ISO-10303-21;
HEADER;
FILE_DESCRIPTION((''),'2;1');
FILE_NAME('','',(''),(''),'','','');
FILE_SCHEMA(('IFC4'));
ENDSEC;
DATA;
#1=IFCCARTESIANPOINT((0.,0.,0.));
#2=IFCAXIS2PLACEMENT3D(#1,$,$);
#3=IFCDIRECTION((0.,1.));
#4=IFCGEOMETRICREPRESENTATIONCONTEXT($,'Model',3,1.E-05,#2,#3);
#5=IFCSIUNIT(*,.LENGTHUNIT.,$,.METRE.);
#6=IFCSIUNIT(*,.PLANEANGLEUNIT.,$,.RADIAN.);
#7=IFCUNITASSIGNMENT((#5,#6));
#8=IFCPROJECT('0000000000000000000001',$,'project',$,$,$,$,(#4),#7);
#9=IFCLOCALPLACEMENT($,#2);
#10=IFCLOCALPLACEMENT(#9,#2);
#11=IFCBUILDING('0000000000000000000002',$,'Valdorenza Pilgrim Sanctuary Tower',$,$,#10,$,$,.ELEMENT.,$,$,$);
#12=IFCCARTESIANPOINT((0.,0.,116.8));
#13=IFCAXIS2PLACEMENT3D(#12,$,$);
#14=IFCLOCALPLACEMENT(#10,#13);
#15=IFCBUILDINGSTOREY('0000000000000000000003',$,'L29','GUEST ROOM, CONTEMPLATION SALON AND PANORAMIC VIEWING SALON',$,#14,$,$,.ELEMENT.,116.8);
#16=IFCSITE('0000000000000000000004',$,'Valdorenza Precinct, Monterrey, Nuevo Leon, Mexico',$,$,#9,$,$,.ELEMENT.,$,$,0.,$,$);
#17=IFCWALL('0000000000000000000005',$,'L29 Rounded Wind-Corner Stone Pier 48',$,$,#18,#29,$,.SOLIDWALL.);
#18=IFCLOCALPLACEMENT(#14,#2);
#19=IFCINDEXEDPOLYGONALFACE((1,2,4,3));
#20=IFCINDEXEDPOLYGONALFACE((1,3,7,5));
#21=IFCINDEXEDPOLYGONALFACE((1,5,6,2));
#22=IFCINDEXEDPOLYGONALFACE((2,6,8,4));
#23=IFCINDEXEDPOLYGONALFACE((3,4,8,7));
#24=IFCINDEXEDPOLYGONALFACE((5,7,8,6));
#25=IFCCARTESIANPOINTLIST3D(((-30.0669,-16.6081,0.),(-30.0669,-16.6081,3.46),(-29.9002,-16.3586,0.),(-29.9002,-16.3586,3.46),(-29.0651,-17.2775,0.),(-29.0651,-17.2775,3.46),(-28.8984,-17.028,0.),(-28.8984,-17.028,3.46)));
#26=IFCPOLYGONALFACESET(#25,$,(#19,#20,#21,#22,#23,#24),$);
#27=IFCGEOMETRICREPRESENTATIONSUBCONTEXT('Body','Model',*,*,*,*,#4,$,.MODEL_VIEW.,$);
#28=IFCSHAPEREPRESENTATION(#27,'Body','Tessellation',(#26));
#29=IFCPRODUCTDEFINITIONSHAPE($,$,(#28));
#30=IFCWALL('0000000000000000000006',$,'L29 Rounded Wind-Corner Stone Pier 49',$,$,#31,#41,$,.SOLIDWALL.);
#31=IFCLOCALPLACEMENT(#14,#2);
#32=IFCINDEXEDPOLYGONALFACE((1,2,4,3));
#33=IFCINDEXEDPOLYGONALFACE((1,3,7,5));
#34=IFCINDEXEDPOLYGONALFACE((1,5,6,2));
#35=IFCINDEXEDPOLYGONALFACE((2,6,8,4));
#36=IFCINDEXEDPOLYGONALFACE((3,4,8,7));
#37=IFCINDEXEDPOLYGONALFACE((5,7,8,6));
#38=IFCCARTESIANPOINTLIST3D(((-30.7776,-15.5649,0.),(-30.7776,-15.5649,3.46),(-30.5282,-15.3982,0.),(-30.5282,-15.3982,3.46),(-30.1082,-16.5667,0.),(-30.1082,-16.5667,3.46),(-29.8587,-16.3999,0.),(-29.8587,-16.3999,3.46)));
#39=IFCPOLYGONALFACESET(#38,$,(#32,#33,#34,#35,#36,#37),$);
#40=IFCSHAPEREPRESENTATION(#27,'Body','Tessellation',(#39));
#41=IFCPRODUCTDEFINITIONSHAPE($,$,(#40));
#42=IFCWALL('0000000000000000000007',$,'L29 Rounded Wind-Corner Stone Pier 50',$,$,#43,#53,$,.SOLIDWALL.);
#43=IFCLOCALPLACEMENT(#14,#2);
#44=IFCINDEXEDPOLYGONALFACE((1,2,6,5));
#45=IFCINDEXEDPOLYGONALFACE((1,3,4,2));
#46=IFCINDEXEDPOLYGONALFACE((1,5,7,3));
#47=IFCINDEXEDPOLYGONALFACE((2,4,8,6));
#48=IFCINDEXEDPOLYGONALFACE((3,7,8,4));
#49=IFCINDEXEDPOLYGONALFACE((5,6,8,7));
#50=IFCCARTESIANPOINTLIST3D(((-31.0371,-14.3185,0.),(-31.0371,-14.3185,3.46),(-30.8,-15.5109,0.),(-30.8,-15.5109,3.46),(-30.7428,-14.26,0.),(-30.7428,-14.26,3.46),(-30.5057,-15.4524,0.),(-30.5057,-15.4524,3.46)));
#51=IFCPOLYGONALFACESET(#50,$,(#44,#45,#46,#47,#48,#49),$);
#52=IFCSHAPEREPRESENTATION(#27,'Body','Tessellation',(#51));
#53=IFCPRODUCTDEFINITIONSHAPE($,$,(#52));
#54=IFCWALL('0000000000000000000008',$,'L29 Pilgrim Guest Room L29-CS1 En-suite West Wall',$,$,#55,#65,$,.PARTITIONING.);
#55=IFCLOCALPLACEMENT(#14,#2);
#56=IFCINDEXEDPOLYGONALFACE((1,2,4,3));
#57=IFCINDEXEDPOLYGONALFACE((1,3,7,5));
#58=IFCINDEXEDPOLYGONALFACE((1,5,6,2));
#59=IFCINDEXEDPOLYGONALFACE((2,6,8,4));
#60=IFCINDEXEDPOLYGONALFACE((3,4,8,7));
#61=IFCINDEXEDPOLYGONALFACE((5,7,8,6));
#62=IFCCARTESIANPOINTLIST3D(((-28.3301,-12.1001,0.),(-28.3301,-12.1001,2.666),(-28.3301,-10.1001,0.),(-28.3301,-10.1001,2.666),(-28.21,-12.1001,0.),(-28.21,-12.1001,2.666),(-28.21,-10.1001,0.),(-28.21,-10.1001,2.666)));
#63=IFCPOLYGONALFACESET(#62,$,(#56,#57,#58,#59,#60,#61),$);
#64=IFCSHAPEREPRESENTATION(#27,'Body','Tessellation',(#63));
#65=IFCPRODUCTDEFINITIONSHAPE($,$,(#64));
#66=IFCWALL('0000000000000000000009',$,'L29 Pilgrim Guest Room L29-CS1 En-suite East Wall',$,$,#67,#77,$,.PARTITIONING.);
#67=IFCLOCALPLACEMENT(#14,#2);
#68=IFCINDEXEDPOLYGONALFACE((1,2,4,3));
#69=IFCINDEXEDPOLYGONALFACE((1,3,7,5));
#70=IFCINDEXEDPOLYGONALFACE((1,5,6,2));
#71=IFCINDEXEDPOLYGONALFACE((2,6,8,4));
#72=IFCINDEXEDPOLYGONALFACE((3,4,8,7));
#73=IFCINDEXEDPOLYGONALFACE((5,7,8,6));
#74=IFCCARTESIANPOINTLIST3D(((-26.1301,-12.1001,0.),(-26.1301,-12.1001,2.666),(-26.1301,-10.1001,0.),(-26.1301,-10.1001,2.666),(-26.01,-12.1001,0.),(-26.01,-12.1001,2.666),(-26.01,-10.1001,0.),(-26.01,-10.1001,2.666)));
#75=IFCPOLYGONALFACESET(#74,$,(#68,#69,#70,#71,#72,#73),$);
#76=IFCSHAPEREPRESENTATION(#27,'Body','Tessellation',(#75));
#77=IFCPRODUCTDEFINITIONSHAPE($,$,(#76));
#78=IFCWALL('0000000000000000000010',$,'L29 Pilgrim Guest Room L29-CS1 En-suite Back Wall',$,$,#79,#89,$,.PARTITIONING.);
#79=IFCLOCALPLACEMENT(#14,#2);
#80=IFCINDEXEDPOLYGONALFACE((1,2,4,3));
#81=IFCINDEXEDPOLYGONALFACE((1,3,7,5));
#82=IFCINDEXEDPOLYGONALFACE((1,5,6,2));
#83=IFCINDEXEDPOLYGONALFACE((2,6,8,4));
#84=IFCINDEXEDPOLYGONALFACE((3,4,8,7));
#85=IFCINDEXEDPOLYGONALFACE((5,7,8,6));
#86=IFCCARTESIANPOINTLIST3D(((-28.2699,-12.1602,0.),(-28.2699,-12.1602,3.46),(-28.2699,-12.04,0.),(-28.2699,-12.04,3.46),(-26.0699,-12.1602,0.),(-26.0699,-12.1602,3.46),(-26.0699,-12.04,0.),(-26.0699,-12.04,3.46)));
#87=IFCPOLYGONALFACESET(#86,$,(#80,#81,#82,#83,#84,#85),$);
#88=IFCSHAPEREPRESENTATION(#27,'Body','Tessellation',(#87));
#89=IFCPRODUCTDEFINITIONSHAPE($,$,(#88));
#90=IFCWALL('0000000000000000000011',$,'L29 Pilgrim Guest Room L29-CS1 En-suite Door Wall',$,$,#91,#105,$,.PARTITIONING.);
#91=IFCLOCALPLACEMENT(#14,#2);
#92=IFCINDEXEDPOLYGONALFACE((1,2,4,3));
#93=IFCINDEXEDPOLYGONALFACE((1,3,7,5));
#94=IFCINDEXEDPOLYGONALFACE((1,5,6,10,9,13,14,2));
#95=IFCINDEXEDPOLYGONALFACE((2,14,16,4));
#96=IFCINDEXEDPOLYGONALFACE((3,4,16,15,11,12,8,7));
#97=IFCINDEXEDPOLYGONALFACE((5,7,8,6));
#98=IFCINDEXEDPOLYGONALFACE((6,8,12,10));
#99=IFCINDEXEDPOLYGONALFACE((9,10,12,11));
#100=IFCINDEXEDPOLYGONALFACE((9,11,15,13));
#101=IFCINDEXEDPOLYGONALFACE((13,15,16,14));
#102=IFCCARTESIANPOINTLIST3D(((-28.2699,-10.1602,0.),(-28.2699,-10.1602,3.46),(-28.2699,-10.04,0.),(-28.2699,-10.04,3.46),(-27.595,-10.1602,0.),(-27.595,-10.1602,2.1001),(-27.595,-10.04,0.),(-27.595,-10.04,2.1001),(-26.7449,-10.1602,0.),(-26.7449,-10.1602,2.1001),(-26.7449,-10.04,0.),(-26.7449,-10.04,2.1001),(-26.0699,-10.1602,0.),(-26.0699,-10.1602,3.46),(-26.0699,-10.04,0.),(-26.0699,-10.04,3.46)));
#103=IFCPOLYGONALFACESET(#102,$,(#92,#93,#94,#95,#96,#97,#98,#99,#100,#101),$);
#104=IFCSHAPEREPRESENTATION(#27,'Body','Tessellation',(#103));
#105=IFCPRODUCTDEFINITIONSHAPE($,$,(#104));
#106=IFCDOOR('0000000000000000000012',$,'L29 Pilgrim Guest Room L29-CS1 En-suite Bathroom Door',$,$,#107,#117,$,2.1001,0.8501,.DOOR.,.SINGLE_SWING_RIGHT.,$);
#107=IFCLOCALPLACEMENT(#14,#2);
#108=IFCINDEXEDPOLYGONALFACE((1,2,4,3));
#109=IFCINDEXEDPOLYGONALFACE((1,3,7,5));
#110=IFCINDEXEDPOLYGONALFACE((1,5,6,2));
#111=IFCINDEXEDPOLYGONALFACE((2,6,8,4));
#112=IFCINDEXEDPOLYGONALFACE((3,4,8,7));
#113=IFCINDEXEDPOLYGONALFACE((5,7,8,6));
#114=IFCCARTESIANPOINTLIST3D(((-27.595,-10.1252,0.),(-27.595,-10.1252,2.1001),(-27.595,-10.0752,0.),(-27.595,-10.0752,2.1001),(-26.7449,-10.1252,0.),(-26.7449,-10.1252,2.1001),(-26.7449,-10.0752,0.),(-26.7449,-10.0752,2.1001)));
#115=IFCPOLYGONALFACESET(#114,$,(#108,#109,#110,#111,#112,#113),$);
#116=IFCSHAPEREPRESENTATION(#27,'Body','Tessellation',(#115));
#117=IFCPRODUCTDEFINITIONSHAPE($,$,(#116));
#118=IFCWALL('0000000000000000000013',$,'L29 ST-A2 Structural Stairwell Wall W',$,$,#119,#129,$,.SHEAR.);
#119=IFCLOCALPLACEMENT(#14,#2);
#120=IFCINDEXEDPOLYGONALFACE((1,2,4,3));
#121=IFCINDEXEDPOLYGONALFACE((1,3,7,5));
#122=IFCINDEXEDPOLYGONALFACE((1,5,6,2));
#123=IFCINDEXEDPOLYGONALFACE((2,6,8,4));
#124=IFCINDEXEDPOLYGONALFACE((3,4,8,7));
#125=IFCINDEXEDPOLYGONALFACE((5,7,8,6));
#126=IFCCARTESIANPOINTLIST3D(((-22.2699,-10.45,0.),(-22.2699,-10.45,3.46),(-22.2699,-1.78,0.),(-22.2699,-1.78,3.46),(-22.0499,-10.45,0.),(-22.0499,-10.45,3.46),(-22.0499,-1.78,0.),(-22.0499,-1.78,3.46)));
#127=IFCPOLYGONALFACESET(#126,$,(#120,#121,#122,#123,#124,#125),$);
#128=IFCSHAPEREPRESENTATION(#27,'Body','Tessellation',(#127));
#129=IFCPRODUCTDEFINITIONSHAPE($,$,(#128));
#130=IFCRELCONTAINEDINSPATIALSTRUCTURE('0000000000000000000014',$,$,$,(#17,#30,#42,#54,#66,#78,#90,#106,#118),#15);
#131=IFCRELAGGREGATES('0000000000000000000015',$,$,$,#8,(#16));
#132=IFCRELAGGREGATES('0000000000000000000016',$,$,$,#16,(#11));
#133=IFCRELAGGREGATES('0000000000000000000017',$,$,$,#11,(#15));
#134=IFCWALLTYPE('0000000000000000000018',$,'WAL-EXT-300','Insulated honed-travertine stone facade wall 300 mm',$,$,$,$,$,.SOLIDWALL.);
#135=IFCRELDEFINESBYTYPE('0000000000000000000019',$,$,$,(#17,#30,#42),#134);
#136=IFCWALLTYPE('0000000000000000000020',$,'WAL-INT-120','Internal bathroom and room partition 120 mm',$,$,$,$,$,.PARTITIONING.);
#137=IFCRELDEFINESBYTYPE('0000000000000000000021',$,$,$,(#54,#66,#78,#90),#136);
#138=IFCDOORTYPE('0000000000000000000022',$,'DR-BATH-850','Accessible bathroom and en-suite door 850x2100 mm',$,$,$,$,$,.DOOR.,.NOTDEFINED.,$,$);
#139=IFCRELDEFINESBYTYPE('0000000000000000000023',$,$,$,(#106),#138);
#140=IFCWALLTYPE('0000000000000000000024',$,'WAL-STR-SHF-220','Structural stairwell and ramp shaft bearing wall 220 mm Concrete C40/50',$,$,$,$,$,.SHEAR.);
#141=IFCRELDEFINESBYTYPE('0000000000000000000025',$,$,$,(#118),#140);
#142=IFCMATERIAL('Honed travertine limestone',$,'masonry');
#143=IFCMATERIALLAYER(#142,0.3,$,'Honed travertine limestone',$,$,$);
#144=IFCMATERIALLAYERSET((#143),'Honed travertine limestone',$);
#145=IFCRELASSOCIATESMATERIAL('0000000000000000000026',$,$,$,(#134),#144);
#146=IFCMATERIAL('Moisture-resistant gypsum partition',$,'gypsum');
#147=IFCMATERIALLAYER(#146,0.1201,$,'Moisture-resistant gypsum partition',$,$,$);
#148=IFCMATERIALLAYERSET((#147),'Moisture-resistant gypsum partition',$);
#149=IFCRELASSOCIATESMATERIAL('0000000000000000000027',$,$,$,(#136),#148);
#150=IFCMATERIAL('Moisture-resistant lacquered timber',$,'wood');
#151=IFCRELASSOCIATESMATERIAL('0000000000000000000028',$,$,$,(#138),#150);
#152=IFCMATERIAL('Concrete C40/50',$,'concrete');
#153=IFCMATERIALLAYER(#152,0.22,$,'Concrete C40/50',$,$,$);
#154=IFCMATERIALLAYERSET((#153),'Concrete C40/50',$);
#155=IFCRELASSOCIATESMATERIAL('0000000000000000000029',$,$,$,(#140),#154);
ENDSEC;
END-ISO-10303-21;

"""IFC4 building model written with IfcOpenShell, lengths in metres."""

from ifc_helpers import new_model, si_unit, direction, frame, frame_2d, origin, place, context, subcontext, project, spatial, rectangle, extrude, material, layer, layer_set, type_object, element, fill, save


model = new_model("IFC4")

# Units and contexts
model_context = context("Model", 3, precision=1e-05, world=origin(), true_north=direction((0.0, 1.0)))
body_context = subcontext(model_context, "Body", "Model", "MODEL_VIEW")
ifc_project = project(units=[si_unit("LENGTHUNIT", "METRE"), si_unit("PLANEANGLEUNIT", "RADIAN")], contexts=[model_context])

# Site, building, storey
site_placement = place(None, origin())
site = spatial("IfcSite", under=ifc_project, at=site_placement, Name="Valdorenza Precinct, Monterrey, Nuevo Leon, Mexico", CompositionType="ELEMENT", RefElevation=0.0)
building_placement = place(site_placement, origin())
building = spatial("IfcBuilding", under=site, at=building_placement, Name="Valdorenza Pilgrim Sanctuary Tower", CompositionType="ELEMENT")
storey_placement = place(building_placement, frame((0.0, 0.0, 116.8)))
storey = spatial("IfcBuildingStorey", under=building, at=storey_placement, Name="L29", Description="GUEST ROOM, CONTEMPLATION SALON AND PANORAMIC VIEWING SALON", CompositionType="ELEMENT", Elevation=116.8)

# Shared definitions
ifc_material_1 = material(Name="Honed travertine limestone", Category="masonry")

# Walls
ifc_layer_1 = layer(ifc_material_1, 0.3, Name="Honed travertine limestone")
ifc_layer_set_1 = layer_set([ifc_layer_1], Name="Honed travertine limestone")
wall_type_1 = type_object("IfcWallType", Name="WAL-EXT-300", Description="Insulated honed-travertine stone facade wall 300 mm", PredefinedType="SOLIDWALL", material=ifc_layer_set_1)
for number, where, z_axis, x_axis, name in (
    (1, (-28.9817, -17.1528, 0.0), (0.0, 0.0, 1.0), (-0.831426, 0.555635, 0.0), "L29 Rounded Wind-Corner Stone Pier 48"),
    (2, (-29.9834, -16.4834, 0.0), (0.0, 0.0, 1.0), (-0.555635, 0.831426, 0.0), "L29 Rounded Wind-Corner Stone Pier 49"),
):
    element("IfcWall", number, at=place(storey_placement, frame(where, z_axis=z_axis, x_axis=x_axis)), inside=storey, type_object=wall_type_1, Name=name, PredefinedType="SOLIDWALL", context=body_context, shape_type="SweptSolid", body=[
        extrude(rectangle(XDim=1.2048, YDim=0.3, at=frame_2d((0.6025, 0.0))), origin(), (0.0, 0.0, 1.0), 3.46),
    ])
wall_1_placement = place(storey_placement, frame((-30.6528, -15.4817, 0.0), z_axis=(0.0, 0.0, 1.0), x_axis=(-0.194996, 0.980804, 0.0)))
element("IfcWall", 3, at=wall_1_placement, inside=storey, type_object=wall_type_1, Name="L29 Rounded Wind-Corner Stone Pier 50", PredefinedType="SOLIDWALL", context=body_context, shape_type="SweptSolid", body=[
    extrude(rectangle(XDim=1.2158, YDim=0.3, at=frame_2d((0.6079, 0.0))), origin(), (0.0, 0.0, 1.0), 3.46),
])
ifc_material_2 = material(Name="Moisture-resistant gypsum partition", Category="gypsum")
ifc_layer_2 = layer(ifc_material_2, 0.1201, Name="Moisture-resistant gypsum partition")
ifc_layer_set_2 = layer_set([ifc_layer_2], Name="Moisture-resistant gypsum partition")
wall_type_2 = type_object("IfcWallType", Name="WAL-INT-120", Description="Internal bathroom and room partition 120 mm", PredefinedType="PARTITIONING", material=ifc_layer_set_2)
for number, where, z_axis, x_axis, name in (
    (4, (-28.27, -12.1001, 0.0), (0.0, 0.0, 1.0), (0.0, 1.0, 0.0), "L29 Pilgrim Guest Room L29-CS1 En-suite West Wall"),
    (5, (-26.0701, -12.1001, 0.0), (0.0, 0.0, 1.0), (0.0, 1.0, 0.0), "L29 Pilgrim Guest Room L29-CS1 En-suite East Wall"),
):
    element("IfcWall", number, at=place(storey_placement, frame(where, z_axis=z_axis, x_axis=x_axis)), inside=storey, type_object=wall_type_2, Name=name, PredefinedType="PARTITIONING", context=body_context, shape_type="SweptSolid", body=[
        extrude(rectangle(XDim=2.0, YDim=0.1201, at=frame_2d((1.0, 0.0))), origin(), (0.0, 0.0, 1.0), 2.666),
    ])
wall_2_placement = place(storey_placement, frame((-28.27, -12.1001, 0.0), z_axis=(0.0, 0.0, 1.0), x_axis=(1.0, 0.0, 0.0)))
element("IfcWall", 6, at=wall_2_placement, inside=storey, type_object=wall_type_2, Name="L29 Pilgrim Guest Room L29-CS1 En-suite Back Wall", PredefinedType="PARTITIONING", context=body_context, shape_type="SweptSolid", body=[
    extrude(rectangle(XDim=2.2, YDim=0.1201, at=frame_2d((1.1001, 0.0))), origin(), (0.0, 0.0, 1.0), 3.46),
])

# Wall, opening, door
wall_3_placement = place(storey_placement, frame((-28.27, -10.1001, 0.0), z_axis=(0.0, 0.0, 1.0), x_axis=(1.0, 0.0, 0.0)))
wall_3 = element("IfcWall", 7, at=wall_3_placement, inside=storey, type_object=wall_type_2, Name="L29 Pilgrim Guest Room L29-CS1 En-suite Door Wall", PredefinedType="PARTITIONING", context=body_context, shape_type="SweptSolid", body=[
    extrude(rectangle(XDim=2.2, YDim=0.1201, at=frame_2d((1.1001, 0.0))), origin(), (0.0, 0.0, 1.0), 3.46),
])
opening_1_placement = place(wall_3_placement, frame((0.675, 0.0, 0.0)))
opening_1 = element("IfcOpeningElement", 8, at=opening_1_placement, cuts=wall_3, PredefinedType="OPENING", context=body_context, shape_type="SweptSolid", body=[
    extrude(rectangle(XDim=0.8501, YDim=2.1001, at=frame_2d((0.425, 1.05))), frame((0.0, 0.075, 0.0), z_axis=(0.0, -1.0, 0.0), x_axis=(1.0, 0.0, 0.0)), (0.0, 0.0, 1.0), 0.1499),
])
ifc_material_3 = material(Name="Moisture-resistant lacquered timber", Category="wood")
door_type_1 = type_object("IfcDoorType", Name="DR-BATH-850", Description="Accessible bathroom and en-suite door 850x2100 mm", OperationType="NOTDEFINED", PredefinedType="DOOR", material=ifc_material_3)
door_1_placement = place(opening_1_placement, origin())
door_1 = element("IfcDoor", 9, at=door_1_placement, inside=storey, type_object=door_type_1, Name="L29 Pilgrim Guest Room L29-CS1 En-suite Bathroom Door", OperationType="SINGLE_SWING_RIGHT", OverallHeight=2.1001, OverallWidth=0.8501, PredefinedType="DOOR", context=body_context, shape_type="SweptSolid", body=[
    extrude(rectangle(XDim=0.8501, YDim=2.1001, at=frame_2d((0.425, 1.05))), frame((0.0, 0.0249, 0.0), z_axis=(0.0, -1.0, 0.0), x_axis=(1.0, 0.0, 0.0)), (0.0, 0.0, 1.0), 0.05),
])
fill(opening_1, door_1)

# Wall
ifc_material_4 = material(Name="Concrete C40/50", Category="concrete")
ifc_layer_3 = layer(ifc_material_4, 0.22, Name="Concrete C40/50")
ifc_layer_set_3 = layer_set([ifc_layer_3], Name="Concrete C40/50")
wall_type_3 = type_object("IfcWallType", Name="WAL-STR-SHF-220", Description="Structural stairwell and ramp shaft bearing wall 220 mm Concrete C40/50", PredefinedType="SHEAR", material=ifc_layer_set_3)
wall_4_placement = place(storey_placement, frame((-22.1599, -10.45, 0.0), z_axis=(0.0, 0.0, 1.0), x_axis=(0.0, 1.0, 0.0)))
element("IfcWall", 10, at=wall_4_placement, inside=storey, type_object=wall_type_3, Name="L29 ST-A2 Structural Stairwell Wall W", PredefinedType="SHEAR", context=body_context, shape_type="SweptSolid", body=[
    extrude(rectangle(XDim=8.6699, YDim=0.22, at=frame_2d((4.335, 0.0))), origin(), (0.0, 0.0, 1.0), 3.46),
])

save(model, "model.ifc")
